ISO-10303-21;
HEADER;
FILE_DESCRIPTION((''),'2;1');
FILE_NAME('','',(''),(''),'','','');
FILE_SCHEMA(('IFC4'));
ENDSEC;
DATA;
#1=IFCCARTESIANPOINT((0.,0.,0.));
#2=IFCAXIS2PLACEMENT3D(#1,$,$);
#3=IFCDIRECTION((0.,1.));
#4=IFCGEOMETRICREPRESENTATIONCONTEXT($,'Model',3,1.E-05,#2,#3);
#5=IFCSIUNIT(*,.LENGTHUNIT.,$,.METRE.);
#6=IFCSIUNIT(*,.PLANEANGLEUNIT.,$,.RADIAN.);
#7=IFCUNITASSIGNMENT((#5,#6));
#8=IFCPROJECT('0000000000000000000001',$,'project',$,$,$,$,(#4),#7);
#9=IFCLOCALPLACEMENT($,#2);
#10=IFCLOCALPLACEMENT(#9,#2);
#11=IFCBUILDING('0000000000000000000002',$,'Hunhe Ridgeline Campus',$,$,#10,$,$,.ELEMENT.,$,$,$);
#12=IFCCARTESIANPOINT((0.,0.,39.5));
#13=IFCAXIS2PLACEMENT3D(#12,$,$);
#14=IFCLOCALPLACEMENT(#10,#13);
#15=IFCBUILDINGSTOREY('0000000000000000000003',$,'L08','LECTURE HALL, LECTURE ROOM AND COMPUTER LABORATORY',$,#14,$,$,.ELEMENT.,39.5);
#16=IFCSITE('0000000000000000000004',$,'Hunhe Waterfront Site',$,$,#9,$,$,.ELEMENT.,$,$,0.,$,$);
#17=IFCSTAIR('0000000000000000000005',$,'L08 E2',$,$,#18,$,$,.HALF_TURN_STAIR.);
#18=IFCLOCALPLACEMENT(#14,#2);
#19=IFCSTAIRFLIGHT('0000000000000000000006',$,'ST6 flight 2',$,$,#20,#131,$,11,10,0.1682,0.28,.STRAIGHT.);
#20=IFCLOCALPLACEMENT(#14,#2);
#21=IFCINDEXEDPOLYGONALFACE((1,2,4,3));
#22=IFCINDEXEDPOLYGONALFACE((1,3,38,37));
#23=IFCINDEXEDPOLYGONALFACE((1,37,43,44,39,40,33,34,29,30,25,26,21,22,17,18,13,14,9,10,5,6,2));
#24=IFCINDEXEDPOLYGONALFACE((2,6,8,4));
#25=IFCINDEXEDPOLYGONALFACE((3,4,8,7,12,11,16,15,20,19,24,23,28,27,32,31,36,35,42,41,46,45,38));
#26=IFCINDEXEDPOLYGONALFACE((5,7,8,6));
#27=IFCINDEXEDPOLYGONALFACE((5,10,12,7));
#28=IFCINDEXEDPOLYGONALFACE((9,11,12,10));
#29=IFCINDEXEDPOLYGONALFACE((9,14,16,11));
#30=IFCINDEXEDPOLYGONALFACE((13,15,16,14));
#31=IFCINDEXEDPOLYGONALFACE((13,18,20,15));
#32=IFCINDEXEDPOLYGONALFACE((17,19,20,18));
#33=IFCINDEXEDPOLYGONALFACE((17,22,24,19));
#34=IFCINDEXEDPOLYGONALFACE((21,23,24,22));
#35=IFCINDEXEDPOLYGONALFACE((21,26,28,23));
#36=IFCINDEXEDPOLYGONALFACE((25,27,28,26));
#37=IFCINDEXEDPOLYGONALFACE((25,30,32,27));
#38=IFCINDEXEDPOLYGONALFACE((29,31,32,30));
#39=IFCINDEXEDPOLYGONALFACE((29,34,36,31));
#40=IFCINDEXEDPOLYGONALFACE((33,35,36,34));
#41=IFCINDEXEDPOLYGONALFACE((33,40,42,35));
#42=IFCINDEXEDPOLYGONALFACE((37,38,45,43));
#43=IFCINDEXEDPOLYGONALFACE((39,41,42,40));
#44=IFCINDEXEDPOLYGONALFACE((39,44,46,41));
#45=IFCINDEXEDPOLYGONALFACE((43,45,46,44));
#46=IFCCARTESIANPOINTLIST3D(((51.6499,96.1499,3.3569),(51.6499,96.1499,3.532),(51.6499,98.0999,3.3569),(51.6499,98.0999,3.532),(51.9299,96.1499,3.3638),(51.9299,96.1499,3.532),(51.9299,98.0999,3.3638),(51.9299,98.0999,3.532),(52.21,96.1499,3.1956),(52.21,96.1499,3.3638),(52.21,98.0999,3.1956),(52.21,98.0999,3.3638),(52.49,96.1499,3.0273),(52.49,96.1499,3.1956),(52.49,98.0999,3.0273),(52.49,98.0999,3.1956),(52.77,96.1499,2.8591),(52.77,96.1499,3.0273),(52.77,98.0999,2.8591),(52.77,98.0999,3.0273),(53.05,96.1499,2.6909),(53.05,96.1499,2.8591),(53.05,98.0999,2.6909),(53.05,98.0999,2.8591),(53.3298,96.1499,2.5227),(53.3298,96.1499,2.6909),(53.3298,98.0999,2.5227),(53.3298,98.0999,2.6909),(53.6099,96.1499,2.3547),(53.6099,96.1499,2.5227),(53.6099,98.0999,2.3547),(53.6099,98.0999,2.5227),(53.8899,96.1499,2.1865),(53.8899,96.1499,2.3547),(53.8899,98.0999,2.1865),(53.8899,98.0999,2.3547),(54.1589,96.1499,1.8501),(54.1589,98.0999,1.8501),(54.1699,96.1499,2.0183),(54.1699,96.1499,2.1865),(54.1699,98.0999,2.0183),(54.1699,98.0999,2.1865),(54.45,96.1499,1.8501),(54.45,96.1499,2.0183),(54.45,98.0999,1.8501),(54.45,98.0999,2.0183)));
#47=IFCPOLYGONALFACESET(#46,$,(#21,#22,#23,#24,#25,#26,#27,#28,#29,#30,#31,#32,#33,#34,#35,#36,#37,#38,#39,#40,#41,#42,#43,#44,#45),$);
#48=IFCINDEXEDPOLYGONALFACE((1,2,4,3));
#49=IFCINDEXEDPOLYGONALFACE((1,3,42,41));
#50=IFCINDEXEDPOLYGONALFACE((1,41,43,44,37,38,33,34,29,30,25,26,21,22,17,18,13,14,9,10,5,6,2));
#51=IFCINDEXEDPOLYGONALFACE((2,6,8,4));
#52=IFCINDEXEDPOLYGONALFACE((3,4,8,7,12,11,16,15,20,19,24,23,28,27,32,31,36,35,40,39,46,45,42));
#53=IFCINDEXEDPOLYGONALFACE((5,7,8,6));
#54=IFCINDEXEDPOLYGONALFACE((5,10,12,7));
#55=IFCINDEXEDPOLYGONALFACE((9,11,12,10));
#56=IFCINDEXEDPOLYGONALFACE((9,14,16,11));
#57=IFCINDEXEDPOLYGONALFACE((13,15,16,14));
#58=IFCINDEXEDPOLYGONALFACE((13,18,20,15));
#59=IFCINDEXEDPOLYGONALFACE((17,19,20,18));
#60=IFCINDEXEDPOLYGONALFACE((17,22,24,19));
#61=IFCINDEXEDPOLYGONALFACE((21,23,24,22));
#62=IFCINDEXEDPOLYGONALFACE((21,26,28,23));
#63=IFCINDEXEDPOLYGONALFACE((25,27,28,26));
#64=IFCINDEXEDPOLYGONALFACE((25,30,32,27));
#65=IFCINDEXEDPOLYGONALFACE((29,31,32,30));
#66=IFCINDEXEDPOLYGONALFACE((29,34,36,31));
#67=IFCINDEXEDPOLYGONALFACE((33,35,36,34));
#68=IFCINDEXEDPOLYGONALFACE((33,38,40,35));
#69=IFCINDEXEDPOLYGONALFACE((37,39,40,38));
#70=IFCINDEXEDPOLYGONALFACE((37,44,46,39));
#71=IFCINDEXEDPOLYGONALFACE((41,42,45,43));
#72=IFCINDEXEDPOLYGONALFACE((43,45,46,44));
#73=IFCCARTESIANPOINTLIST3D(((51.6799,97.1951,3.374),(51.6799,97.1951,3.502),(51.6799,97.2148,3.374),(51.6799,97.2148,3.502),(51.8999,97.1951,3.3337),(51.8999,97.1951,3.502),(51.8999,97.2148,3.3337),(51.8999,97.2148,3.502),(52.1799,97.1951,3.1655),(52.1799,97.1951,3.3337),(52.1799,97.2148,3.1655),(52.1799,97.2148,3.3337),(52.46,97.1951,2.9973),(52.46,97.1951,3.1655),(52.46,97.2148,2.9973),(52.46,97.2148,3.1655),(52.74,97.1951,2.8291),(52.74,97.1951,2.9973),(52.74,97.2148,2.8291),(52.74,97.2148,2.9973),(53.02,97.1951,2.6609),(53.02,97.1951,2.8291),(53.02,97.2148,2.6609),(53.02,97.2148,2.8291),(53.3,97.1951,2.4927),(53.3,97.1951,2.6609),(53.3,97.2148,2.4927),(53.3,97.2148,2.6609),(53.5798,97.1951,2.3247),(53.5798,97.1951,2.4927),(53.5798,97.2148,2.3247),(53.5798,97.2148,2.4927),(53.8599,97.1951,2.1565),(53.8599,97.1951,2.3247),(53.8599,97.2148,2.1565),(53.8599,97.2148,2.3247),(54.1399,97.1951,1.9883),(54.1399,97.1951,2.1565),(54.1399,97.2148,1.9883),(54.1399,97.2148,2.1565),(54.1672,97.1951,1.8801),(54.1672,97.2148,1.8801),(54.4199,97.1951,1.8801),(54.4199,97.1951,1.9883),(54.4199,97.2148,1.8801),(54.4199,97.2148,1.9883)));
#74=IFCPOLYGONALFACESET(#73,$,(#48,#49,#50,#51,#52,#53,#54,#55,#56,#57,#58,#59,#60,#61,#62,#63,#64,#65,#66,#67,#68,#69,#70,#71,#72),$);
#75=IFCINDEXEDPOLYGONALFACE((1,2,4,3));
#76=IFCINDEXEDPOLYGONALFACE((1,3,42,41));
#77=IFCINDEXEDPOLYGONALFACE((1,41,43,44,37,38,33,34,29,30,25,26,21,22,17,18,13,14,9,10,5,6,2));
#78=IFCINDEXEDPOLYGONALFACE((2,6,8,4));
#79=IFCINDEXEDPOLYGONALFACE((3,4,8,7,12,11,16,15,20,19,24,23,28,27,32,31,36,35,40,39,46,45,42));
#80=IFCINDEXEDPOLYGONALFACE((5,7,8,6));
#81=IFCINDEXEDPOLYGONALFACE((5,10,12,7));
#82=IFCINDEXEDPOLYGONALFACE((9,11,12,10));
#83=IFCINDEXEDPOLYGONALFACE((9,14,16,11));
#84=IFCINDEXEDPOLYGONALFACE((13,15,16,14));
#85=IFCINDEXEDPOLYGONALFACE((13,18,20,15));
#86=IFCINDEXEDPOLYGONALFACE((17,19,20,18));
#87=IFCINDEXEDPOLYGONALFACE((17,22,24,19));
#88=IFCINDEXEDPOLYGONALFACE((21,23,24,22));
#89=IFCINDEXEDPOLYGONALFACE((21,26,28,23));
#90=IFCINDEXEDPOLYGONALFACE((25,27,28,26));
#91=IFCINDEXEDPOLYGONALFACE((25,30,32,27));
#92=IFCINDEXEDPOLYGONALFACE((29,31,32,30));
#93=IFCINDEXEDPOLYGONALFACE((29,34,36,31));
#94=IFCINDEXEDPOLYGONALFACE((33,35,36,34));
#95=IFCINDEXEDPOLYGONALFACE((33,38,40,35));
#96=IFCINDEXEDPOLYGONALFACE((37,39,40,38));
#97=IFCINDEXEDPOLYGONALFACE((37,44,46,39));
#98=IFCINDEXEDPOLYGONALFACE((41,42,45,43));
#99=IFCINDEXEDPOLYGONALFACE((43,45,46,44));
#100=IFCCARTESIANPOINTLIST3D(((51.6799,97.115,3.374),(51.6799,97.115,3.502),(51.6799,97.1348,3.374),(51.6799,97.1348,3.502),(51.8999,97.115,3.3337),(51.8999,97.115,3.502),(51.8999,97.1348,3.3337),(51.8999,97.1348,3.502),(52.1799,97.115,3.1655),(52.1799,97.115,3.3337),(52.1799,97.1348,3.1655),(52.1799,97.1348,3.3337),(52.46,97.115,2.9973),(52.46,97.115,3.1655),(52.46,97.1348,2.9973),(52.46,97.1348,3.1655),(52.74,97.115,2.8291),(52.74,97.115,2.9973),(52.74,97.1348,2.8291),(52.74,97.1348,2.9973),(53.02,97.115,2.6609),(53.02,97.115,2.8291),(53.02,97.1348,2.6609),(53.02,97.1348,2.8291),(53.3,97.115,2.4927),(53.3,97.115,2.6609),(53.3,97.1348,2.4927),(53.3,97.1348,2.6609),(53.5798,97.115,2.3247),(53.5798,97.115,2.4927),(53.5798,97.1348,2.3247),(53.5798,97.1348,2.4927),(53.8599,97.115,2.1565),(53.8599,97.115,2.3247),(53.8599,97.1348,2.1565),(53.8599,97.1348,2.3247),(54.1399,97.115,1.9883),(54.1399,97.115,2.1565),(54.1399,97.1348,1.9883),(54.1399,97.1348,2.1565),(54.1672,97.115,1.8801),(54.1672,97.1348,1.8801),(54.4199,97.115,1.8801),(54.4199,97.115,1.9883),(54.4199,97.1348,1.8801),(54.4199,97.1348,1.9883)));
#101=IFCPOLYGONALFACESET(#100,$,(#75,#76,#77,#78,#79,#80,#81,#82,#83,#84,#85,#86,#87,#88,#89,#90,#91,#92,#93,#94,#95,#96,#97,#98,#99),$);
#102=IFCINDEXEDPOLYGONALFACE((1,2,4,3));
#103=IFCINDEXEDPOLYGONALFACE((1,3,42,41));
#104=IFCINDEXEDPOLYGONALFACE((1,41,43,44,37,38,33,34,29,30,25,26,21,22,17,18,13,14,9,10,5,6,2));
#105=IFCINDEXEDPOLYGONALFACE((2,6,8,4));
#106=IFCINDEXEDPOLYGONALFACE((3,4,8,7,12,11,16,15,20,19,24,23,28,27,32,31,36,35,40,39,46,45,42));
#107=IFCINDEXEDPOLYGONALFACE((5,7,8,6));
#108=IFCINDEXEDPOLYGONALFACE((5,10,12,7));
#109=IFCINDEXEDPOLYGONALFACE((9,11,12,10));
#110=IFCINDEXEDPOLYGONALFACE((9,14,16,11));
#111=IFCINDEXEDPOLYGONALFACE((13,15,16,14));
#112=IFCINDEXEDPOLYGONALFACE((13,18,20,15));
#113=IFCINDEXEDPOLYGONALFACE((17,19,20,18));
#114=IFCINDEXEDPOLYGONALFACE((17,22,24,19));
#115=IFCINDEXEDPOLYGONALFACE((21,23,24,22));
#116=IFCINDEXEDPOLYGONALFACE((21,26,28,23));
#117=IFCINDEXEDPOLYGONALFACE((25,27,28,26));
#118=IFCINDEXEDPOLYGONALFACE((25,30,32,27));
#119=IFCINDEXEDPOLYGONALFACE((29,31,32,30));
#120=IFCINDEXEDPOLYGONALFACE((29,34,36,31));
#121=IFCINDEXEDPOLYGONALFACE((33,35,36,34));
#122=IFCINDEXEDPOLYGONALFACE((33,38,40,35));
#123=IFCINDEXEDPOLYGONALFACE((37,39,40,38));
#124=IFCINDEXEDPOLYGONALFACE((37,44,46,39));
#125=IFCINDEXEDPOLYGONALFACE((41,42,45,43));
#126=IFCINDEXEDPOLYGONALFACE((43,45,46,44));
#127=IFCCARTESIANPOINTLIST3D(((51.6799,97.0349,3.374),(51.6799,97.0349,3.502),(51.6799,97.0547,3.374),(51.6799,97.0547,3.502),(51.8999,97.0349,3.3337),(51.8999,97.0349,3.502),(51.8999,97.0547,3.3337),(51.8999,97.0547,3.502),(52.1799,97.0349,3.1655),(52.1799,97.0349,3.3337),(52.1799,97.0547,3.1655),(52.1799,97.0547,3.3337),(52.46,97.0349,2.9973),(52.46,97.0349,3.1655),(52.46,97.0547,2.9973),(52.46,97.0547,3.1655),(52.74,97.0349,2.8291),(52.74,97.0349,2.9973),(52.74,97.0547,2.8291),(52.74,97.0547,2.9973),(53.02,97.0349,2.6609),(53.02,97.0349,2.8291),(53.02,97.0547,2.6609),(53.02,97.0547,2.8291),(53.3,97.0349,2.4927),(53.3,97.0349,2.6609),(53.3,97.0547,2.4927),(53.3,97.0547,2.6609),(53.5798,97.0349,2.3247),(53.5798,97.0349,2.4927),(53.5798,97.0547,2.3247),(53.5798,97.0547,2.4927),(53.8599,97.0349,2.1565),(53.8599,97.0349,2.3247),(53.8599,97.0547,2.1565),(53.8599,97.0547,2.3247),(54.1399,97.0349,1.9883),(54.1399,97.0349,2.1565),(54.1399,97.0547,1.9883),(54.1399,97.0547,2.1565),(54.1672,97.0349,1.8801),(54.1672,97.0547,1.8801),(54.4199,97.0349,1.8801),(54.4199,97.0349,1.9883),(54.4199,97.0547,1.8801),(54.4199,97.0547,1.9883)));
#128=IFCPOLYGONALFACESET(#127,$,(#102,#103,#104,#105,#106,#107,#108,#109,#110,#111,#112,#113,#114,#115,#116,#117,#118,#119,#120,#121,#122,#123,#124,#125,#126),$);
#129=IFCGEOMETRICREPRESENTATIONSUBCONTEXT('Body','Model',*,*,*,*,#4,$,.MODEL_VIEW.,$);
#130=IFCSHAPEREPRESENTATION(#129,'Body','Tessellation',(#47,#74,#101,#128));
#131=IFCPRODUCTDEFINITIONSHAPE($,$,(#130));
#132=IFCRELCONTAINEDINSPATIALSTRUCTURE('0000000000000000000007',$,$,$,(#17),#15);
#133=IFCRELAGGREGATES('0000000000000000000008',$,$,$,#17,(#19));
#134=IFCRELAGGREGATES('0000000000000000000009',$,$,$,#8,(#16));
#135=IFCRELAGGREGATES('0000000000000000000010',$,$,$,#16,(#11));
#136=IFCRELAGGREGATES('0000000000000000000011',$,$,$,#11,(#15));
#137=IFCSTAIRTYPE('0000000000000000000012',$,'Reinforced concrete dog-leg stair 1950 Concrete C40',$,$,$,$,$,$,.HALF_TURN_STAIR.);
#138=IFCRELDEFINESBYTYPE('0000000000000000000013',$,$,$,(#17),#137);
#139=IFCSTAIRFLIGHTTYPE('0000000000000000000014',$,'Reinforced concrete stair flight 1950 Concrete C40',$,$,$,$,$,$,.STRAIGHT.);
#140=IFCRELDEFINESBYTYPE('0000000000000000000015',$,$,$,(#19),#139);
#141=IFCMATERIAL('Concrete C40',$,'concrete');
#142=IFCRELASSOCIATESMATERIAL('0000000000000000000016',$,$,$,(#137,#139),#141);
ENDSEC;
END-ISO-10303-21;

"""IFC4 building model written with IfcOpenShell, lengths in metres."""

from ifc_helpers import new_model, si_unit, direction, frame, origin, place, context, subcontext, project, spatial, polyline, outline, extrude, material, type_object, element, aggregate, save


model = new_model("IFC4")

# Units and contexts
model_context = context("Model", 3, precision=1e-05, world=origin(), true_north=direction((0.0, 1.0)))
body_context = subcontext(model_context, "Body", "Model", "MODEL_VIEW")
ifc_project = project(units=[si_unit("LENGTHUNIT", "METRE"), si_unit("PLANEANGLEUNIT", "RADIAN")], contexts=[model_context])

# Site, building, storey
site_placement = place(None, origin())
site = spatial("IfcSite", under=ifc_project, at=site_placement, Name="Hunhe Waterfront Site", CompositionType="ELEMENT", RefElevation=0.0)
building_placement = place(site_placement, origin())
building = spatial("IfcBuilding", under=site, at=building_placement, Name="Hunhe Ridgeline Campus", CompositionType="ELEMENT")
storey_placement = place(building_placement, frame((0.0, 0.0, 39.5)))
storey = spatial("IfcBuildingStorey", under=building, at=storey_placement, Name="L08", Description="LECTURE HALL, LECTURE ROOM AND COMPUTER LABORATORY", CompositionType="ELEMENT", Elevation=39.5)

# Stair, stair flight
ifc_material_1 = material(Name="Concrete C40", Category="concrete")
stair_type = type_object("IfcStairType", Name="Reinforced concrete dog-leg stair 1950 Concrete C40", PredefinedType="HALF_TURN_STAIR", material=ifc_material_1)
stair_flight_type = type_object("IfcStairFlightType", Name="Reinforced concrete stair flight 1950 Concrete C40", PredefinedType="STRAIGHT", material=ifc_material_1)
stair_1_placement = place(storey_placement, origin())
stair_1 = element("IfcStair", 1, at=stair_1_placement, inside=storey, type_object=stair_type, Name="L08 E2", PredefinedType="HALF_TURN_STAIR")
stair_flight_1_placement = place(storey_placement, frame((54.45, 97.125, 1.8501), z_axis=(0.0, 0.0, 1.0), x_axis=(-1.0, 0.0, 0.0)))
stair_flight_1 = element("IfcStairFlight", 2, at=stair_flight_1_placement, type_object=stair_flight_type, Name="ST6 flight 2", NumberOfRisers=11, NumberOfTreads=10, PredefinedType="STRAIGHT", RiserHeight=0.1682, TreadLength=0.28, context=body_context, shape_type="SweptSolid", body=[
    extrude(outline(polyline([(0.0, 0.0), (0.0, 0.1682), (0.28, 0.1682), (0.28, 0.3364), (0.5601, 0.3364), (0.5601, 0.5046), (0.8401, 0.5046), (0.8401, 0.6726), (1.1201, 0.6726), (1.1201, 0.8408), (1.3999, 0.8408), (1.3999, 1.009), (1.6799, 1.009), (1.6799, 1.1772), (1.96, 1.1772), (1.96, 1.3455), (2.24, 1.3455), (2.24, 1.5137), (2.52, 1.5137), (2.52, 1.6819), (2.8, 1.6819), (2.8, 1.8501), (2.8, 1.5068), (0.291, 0.0), (0.0, 0.0)])), frame((0.0, 0.9751, 0.0), z_axis=(0.0, -1.0, 0.0), x_axis=(1.0, 0.0, 0.0)), (0.0, 0.0, 1.0), 1.95),
    extrude(outline(polyline([(0.03, 0.03), (0.03, 0.1382), (0.3101, 0.1382), (0.3101, 0.3064), (0.5901, 0.3064), (0.5901, 0.4746), (0.8701, 0.4746), (0.8701, 0.6426), (1.1499, 0.6426), (1.1499, 0.8108), (1.4299, 0.8108), (1.4299, 0.979), (1.71, 0.979), (1.71, 1.1472), (1.99, 1.1472), (1.99, 1.3154), (2.27, 1.3154), (2.27, 1.4836), (2.55, 1.4836), (2.55, 1.6519), (2.77, 1.6519), (2.77, 1.5239), (0.2827, 0.03), (0.03, 0.03)])), frame((0.0, -0.0701, 0.0), z_axis=(0.0, -1.0, 0.0), x_axis=(1.0, 0.0, 0.0)), (0.0, 0.0, 1.0), 0.0198),
    extrude(outline(polyline([(0.03, 0.03), (0.03, 0.1382), (0.3101, 0.1382), (0.3101, 0.3064), (0.5901, 0.3064), (0.5901, 0.4746), (0.8701, 0.4746), (0.8701, 0.6426), (1.1499, 0.6426), (1.1499, 0.8108), (1.4299, 0.8108), (1.4299, 0.979), (1.71, 0.979), (1.71, 1.1472), (1.99, 1.1472), (1.99, 1.3154), (2.27, 1.3154), (2.27, 1.4836), (2.55, 1.4836), (2.55, 1.6519), (2.77, 1.6519), (2.77, 1.5239), (0.2827, 0.03), (0.03, 0.03)])), frame((0.0, 0.01, 0.0), z_axis=(0.0, -1.0, 0.0), x_axis=(1.0, 0.0, 0.0)), (0.0, 0.0, 1.0), 0.0198),
    extrude(outline(polyline([(0.03, 0.03), (0.03, 0.1382), (0.3101, 0.1382), (0.3101, 0.3064), (0.5901, 0.3064), (0.5901, 0.4746), (0.8701, 0.4746), (0.8701, 0.6426), (1.1499, 0.6426), (1.1499, 0.8108), (1.4299, 0.8108), (1.4299, 0.979), (1.71, 0.979), (1.71, 1.1472), (1.99, 1.1472), (1.99, 1.3154), (2.27, 1.3154), (2.27, 1.4836), (2.55, 1.4836), (2.55, 1.6519), (2.77, 1.6519), (2.77, 1.5239), (0.2827, 0.03), (0.03, 0.03)])), frame((0.0, 0.0901, 0.0), z_axis=(0.0, -1.0, 0.0), x_axis=(1.0, 0.0, 0.0)), (0.0, 0.0, 1.0), 0.0198),
])
aggregate(stair_1, [stair_flight_1])

save(model, "model.ifc")
